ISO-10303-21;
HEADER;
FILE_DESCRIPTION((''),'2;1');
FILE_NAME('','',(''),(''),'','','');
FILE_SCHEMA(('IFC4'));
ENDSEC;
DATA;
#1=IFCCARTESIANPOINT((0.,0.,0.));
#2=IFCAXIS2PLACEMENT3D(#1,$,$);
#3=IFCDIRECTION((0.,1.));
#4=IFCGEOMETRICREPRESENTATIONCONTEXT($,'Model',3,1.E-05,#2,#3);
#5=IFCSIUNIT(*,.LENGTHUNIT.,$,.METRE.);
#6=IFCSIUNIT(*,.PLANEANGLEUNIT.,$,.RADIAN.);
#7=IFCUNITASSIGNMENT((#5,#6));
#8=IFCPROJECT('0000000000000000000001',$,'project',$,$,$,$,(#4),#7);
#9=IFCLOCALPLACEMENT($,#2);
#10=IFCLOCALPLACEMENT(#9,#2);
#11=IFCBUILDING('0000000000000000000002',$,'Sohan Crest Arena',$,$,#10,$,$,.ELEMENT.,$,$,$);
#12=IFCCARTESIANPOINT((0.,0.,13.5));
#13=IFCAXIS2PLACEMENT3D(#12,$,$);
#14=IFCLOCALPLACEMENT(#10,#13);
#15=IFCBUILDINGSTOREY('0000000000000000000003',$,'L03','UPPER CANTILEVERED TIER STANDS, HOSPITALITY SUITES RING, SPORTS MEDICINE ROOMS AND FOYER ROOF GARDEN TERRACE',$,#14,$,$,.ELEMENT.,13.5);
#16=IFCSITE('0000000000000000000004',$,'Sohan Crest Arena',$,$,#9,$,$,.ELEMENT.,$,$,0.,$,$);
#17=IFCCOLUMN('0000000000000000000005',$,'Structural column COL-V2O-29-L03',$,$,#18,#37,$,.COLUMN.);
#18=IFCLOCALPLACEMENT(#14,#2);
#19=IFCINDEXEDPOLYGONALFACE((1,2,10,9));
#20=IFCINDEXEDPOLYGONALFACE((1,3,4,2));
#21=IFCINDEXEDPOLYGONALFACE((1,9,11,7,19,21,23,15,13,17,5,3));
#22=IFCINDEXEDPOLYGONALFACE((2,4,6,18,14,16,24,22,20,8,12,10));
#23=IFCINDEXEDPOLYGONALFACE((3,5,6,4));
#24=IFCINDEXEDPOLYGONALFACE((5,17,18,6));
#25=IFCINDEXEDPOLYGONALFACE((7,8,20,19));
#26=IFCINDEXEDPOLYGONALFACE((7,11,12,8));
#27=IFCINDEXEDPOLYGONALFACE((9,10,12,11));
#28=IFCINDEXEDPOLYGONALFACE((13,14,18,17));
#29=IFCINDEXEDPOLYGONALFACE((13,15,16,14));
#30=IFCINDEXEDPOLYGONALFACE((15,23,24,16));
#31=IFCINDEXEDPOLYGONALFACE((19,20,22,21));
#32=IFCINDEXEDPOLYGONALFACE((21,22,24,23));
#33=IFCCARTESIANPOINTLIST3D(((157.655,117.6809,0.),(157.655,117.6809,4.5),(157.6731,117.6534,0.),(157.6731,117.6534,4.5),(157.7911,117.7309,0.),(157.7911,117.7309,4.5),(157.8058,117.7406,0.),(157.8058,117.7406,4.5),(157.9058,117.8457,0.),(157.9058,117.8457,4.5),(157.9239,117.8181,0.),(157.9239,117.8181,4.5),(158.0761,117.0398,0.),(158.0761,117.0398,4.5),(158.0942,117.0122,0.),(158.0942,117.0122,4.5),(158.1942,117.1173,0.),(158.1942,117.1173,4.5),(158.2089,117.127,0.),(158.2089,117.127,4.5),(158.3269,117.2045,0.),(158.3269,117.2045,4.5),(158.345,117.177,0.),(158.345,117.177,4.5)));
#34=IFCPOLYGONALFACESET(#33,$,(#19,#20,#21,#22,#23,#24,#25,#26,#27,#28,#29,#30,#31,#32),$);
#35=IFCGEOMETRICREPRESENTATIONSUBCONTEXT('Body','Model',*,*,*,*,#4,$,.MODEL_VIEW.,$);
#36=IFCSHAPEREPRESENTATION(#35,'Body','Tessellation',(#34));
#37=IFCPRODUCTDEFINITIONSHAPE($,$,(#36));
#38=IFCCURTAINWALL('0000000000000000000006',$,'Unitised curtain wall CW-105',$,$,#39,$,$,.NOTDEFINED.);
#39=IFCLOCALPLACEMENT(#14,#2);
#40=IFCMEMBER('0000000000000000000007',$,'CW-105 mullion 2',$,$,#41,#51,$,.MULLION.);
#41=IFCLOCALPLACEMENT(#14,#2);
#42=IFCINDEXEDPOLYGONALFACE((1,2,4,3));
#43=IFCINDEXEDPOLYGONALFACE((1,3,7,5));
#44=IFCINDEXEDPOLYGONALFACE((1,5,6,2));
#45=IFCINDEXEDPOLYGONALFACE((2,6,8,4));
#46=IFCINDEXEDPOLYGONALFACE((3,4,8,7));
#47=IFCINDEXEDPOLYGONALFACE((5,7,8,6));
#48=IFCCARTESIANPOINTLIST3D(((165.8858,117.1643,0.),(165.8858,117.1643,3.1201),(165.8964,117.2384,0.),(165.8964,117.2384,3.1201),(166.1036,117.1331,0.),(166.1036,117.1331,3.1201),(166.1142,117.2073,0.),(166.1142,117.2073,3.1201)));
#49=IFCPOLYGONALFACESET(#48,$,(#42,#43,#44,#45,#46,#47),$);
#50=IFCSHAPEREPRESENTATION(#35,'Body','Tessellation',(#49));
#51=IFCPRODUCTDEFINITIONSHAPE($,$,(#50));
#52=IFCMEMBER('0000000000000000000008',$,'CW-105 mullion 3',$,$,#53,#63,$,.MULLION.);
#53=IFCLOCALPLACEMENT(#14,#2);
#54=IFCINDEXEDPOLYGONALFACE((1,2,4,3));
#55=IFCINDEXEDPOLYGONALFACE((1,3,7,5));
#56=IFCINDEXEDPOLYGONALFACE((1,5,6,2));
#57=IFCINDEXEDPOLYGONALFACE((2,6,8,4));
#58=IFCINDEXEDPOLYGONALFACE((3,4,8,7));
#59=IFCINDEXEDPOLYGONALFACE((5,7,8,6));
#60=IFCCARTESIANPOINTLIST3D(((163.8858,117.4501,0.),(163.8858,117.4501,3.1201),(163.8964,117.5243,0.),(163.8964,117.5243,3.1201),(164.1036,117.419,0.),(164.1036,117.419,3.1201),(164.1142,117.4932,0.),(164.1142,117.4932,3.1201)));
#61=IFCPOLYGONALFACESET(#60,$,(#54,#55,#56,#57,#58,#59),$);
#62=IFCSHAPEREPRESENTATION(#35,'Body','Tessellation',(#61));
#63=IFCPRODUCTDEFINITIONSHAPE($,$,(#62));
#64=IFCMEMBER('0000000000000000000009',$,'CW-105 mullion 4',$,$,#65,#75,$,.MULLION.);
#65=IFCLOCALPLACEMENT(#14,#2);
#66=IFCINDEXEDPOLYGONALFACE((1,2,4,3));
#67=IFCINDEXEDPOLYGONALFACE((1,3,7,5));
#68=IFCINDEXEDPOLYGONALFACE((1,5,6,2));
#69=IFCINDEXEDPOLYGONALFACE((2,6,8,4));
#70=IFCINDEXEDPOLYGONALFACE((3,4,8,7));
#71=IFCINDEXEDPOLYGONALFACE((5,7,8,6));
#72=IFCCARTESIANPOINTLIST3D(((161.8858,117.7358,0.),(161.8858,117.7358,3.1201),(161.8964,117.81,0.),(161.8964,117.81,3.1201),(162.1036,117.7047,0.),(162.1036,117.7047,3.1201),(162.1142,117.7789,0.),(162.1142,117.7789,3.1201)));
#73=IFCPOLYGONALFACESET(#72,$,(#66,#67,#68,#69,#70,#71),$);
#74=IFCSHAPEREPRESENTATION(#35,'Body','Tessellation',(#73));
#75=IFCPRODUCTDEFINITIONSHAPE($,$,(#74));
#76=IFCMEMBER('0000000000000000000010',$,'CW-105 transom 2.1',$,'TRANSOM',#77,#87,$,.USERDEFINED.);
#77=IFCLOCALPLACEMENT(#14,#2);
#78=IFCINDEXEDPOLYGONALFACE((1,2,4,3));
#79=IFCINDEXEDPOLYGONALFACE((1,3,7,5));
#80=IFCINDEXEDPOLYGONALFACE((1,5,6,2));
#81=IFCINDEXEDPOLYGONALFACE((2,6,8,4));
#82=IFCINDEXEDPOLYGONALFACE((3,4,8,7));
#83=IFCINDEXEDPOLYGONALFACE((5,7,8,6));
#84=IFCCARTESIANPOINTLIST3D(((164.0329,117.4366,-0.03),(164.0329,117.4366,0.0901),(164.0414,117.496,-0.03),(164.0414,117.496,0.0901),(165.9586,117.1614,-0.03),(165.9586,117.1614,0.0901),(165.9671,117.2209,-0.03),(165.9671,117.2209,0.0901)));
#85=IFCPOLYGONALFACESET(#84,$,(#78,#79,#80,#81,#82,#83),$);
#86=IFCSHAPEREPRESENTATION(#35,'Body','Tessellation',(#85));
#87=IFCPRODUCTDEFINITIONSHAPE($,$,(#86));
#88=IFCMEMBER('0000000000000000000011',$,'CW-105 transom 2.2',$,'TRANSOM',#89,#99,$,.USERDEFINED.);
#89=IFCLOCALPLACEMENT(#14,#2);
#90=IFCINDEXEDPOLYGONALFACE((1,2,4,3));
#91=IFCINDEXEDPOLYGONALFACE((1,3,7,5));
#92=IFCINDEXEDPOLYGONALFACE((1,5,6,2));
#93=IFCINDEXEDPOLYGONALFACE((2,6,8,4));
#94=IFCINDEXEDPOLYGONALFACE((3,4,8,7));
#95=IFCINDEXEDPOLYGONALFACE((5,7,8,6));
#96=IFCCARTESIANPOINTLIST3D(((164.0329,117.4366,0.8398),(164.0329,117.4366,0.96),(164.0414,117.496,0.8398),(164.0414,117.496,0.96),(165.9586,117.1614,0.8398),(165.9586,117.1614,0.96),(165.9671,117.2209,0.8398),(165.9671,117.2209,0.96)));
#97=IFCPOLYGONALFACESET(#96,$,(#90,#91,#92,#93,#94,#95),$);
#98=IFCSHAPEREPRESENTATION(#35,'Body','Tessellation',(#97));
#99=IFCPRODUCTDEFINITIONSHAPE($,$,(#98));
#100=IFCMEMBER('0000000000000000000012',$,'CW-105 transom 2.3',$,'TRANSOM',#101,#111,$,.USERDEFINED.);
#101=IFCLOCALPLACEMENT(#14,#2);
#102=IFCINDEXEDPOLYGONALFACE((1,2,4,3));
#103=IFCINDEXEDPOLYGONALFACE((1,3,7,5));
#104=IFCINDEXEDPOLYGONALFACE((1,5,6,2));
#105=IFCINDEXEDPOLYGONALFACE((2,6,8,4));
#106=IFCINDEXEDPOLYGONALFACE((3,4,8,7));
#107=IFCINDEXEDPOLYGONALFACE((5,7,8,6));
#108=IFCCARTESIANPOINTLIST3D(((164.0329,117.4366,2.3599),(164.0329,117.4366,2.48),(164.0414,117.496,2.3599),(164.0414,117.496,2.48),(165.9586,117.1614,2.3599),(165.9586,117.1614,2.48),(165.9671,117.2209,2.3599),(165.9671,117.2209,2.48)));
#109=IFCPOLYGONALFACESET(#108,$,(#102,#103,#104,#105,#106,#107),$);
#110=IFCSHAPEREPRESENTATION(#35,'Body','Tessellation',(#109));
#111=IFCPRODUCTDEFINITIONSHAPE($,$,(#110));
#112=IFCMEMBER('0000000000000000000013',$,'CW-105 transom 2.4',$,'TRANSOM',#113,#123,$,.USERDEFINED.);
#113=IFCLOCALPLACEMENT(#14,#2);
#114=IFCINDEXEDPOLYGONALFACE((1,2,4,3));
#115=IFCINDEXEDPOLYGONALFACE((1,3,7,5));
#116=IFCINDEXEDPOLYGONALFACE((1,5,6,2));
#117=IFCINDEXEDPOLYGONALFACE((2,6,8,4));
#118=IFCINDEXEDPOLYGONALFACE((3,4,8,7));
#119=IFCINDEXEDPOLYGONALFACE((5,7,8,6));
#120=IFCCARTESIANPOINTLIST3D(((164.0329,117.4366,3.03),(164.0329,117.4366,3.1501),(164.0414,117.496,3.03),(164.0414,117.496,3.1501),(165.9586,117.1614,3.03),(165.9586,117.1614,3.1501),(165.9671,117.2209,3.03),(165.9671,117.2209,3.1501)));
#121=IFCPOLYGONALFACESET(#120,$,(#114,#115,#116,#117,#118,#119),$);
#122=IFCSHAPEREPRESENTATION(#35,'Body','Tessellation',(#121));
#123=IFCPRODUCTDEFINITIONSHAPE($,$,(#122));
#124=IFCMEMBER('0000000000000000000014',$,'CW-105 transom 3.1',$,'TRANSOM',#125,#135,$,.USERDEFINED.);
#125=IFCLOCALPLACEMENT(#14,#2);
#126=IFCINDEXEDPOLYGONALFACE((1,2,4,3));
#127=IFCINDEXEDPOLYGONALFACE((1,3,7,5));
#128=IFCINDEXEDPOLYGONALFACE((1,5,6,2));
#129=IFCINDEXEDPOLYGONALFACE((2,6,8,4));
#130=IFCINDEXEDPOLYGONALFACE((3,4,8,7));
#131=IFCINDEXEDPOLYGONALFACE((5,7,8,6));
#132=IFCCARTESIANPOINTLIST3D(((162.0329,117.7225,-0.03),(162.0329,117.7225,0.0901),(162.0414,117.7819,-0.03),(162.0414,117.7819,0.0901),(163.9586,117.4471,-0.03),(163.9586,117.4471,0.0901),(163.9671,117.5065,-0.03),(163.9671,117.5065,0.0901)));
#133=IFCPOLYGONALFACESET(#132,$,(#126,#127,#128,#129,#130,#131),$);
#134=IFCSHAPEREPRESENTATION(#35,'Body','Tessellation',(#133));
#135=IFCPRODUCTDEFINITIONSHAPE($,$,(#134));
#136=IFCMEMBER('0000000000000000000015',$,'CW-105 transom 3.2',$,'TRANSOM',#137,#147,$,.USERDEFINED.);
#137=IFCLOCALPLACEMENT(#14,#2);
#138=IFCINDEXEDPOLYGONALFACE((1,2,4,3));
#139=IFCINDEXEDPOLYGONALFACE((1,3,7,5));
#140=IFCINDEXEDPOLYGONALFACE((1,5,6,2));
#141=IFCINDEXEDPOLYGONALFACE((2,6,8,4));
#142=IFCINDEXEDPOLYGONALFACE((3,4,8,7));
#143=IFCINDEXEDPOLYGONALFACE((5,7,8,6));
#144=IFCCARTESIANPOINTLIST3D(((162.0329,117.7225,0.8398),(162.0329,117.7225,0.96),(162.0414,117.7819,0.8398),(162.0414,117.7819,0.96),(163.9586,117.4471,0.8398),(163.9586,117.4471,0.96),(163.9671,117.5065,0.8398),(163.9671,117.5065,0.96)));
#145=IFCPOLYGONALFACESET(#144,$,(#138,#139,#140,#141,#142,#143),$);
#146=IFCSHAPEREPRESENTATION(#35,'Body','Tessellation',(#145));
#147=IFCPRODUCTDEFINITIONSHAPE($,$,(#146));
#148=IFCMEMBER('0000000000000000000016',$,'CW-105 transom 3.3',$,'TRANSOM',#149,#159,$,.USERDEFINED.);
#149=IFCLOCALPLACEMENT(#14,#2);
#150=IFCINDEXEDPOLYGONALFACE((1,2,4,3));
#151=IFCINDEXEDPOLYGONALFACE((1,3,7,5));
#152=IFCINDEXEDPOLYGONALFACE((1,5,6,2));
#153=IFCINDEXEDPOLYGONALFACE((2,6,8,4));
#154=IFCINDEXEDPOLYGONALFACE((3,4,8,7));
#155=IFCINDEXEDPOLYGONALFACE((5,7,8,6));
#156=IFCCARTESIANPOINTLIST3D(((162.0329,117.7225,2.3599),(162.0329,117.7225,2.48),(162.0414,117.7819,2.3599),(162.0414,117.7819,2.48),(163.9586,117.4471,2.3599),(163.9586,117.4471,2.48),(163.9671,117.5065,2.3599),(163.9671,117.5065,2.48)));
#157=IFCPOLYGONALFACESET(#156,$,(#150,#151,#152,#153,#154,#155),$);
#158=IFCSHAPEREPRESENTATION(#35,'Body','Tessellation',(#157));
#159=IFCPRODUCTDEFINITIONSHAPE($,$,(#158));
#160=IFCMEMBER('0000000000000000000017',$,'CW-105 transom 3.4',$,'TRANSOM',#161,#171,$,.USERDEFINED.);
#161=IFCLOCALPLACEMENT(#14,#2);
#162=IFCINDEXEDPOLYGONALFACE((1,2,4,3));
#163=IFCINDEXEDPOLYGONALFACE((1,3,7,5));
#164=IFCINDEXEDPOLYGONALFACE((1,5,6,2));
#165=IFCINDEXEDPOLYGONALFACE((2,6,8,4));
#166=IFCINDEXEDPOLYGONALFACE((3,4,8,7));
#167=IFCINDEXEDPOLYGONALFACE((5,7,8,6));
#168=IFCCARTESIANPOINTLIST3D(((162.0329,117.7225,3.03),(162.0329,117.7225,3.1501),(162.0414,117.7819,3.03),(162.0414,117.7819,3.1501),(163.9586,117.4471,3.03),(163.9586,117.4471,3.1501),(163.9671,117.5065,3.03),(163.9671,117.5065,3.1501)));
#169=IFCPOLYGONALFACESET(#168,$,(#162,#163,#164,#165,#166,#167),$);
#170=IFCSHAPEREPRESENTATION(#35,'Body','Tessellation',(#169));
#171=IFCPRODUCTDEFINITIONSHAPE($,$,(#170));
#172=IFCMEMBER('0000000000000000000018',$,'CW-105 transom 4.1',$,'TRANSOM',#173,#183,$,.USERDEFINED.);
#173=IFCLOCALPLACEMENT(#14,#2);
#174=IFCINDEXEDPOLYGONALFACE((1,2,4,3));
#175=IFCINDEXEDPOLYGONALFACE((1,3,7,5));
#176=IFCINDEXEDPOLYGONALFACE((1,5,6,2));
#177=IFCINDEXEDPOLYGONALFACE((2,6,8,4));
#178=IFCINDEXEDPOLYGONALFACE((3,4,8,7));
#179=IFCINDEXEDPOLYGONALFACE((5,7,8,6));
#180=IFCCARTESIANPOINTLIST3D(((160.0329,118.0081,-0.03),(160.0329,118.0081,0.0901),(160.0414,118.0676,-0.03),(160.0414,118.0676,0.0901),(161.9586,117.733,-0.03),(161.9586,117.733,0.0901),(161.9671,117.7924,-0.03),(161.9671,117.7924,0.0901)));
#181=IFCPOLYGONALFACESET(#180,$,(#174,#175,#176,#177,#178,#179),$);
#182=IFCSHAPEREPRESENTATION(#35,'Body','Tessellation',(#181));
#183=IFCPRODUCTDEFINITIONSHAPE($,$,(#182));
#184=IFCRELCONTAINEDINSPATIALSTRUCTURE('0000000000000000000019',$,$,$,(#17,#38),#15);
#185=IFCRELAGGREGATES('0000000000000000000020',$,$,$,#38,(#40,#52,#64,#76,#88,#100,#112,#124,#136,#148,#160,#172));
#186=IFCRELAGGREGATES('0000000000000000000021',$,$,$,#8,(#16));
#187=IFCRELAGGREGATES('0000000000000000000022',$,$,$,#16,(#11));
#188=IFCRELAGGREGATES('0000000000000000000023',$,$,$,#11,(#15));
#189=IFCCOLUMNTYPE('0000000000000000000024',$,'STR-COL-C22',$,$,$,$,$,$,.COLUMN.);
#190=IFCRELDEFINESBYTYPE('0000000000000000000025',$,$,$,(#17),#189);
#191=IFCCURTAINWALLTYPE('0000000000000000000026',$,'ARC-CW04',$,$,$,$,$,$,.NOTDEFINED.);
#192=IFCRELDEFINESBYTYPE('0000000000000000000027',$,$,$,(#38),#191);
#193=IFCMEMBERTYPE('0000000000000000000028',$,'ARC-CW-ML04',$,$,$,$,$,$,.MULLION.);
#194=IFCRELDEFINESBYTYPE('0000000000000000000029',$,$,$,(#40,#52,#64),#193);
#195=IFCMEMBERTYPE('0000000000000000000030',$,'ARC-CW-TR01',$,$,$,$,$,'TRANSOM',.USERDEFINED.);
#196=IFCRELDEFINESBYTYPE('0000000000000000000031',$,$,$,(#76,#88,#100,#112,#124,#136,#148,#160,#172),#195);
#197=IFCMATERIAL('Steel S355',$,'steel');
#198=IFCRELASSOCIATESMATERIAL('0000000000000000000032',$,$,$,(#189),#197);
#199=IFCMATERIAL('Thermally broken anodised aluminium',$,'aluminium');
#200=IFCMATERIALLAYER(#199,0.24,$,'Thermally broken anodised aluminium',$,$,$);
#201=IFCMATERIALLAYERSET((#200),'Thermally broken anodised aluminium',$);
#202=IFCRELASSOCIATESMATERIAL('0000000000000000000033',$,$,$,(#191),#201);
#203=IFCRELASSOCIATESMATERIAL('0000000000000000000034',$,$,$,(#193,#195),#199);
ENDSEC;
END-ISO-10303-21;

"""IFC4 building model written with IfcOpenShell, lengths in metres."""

from ifc_helpers import new_model, si_unit, direction, frame, origin, origin_2d, place, context, subcontext, project, spatial, rectangle, i_section, extrude, material, layer, layer_set, material_profile, profile_set, type_object, element, aggregate, save


model = new_model("IFC4")

# Units and contexts
model_context = context("Model", 3, precision=1e-05, world=origin(), true_north=direction((0.0, 1.0)))
body_context = subcontext(model_context, "Body", "Model", "MODEL_VIEW")
ifc_project = project(units=[si_unit("LENGTHUNIT", "METRE"), si_unit("PLANEANGLEUNIT", "RADIAN")], contexts=[model_context])

# Site, building, storey
site_placement = place(None, origin())
site = spatial("IfcSite", under=ifc_project, at=site_placement, Name="Sohan Crest Arena", CompositionType="ELEMENT", RefElevation=0.0)
building_placement = place(site_placement, origin())
building = spatial("IfcBuilding", under=site, at=building_placement, Name="Sohan Crest Arena", CompositionType="ELEMENT")
storey_placement = place(building_placement, frame((0.0, 0.0, 13.5)))
storey = spatial("IfcBuildingStorey", under=building, at=storey_placement, Name="L03", Description="UPPER CANTILEVERED TIER STANDS, HOSPITALITY SUITES RING, SPORTS MEDICINE ROOMS AND FOYER ROOF GARDEN TERRACE", CompositionType="ELEMENT", Elevation=13.5)

# Column
ifc_material_1 = material(Name="Steel S355", Category="steel")
ifc_material_profile_1 = material_profile(ifc_material_1, i_section(OverallWidth=0.3, OverallDepth=0.8, WebThickness=0.0176, FlangeThickness=0.033, at=origin_2d()), Name="HEB 800")
ifc_profile_set_1 = profile_set([ifc_material_profile_1], Name="Steel S355")
column_type = type_object("IfcColumnType", Name="STR-COL-C22", PredefinedType="COLUMN", material=ifc_profile_set_1)
column_placement = place(storey_placement, frame((158.0, 117.429, 0.0), z_axis=(0.0, 0.0, 1.0), x_axis=(0.835807, 0.549023, 0.0)))
element("IfcColumn", 1, at=column_placement, inside=storey, type_object=column_type, Name="Structural column COL-V2O-29-L03", PredefinedType="COLUMN", context=body_context, shape_type="SweptSolid", body=[
    extrude(i_section(OverallWidth=0.3, OverallDepth=0.8, WebThickness=0.0176, FlangeThickness=0.033, at=origin_2d()), origin(), (0.0, 0.0, 1.0), 4.5),
])

# Curtain wall, members
ifc_material_2 = material(Name="Thermally broken anodised aluminium", Category="aluminium")
ifc_layer_1 = layer(ifc_material_2, 0.24, Name="Thermally broken anodised aluminium")
ifc_layer_set_1 = layer_set([ifc_layer_1], Name="Thermally broken anodised aluminium")
curtain_wall_type = type_object("IfcCurtainWallType", Name="ARC-CW04", PredefinedType="NOTDEFINED", material=ifc_layer_set_1)
curtain_wall_placement = place(storey_placement, origin())
curtain_wall = element("IfcCurtainWall", 2, at=curtain_wall_placement, inside=storey, type_object=curtain_wall_type, Name="Unitised curtain wall CW-105", PredefinedType="NOTDEFINED")
ifc_material_profile_2 = material_profile(ifc_material_2, rectangle(XDim=0.075, YDim=0.22, at=origin_2d()), Name="ALU-MULL 75x220")
ifc_profile_set_2 = profile_set([ifc_material_profile_2], Name="Thermally broken anodised aluminium")
member_type_1 = type_object("IfcMemberType", Name="ARC-CW-ML04", PredefinedType="MULLION", material=ifc_profile_set_2)
member_1_placement = place(storey_placement, frame((166.0, 117.1858, 0.0), z_axis=(0.0, 0.0, 1.0), x_axis=(-0.141463, -0.989944, 0.0)))
member_1 = element("IfcMember", 3, at=member_1_placement, type_object=member_type_1, Name="CW-105 mullion 2", PredefinedType="MULLION", context=body_context, shape_type="SweptSolid", body=[
    extrude(rectangle(XDim=0.075, YDim=0.22, at=origin_2d()), origin(), (0.0, 0.0, 1.0), 3.1201),
])
member_2_placement = place(storey_placement, frame((164.0, 117.4717, 0.0), z_axis=(0.0, 0.0, 1.0), x_axis=(-0.141463, -0.989944, 0.0)))
member_2 = element("IfcMember", 4, at=member_2_placement, type_object=member_type_1, Name="CW-105 mullion 3", PredefinedType="MULLION", context=body_context, shape_type="SweptSolid", body=[
    extrude(rectangle(XDim=0.075, YDim=0.22, at=origin_2d()), origin(), (0.0, 0.0, 1.0), 3.1201),
])
member_3_placement = place(storey_placement, frame((162.0, 117.7573, 0.0), z_axis=(0.0, 0.0, 1.0), x_axis=(-0.141463, -0.989944, 0.0)))
member_3 = element("IfcMember", 5, at=member_3_placement, type_object=member_type_1, Name="CW-105 mullion 4", PredefinedType="MULLION", context=body_context, shape_type="SweptSolid", body=[
    extrude(rectangle(XDim=0.075, YDim=0.22, at=origin_2d()), origin(), (0.0, 0.0, 1.0), 3.1201),
])
ifc_material_profile_3 = material_profile(ifc_material_2, rectangle(XDim=0.0601, YDim=0.1201, at=origin_2d()), Name="ALU-TRAN 60x120")
ifc_profile_set_3 = profile_set([ifc_material_profile_3], Name="Thermally broken anodised aluminium")
member_type_2 = type_object("IfcMemberType", Name="ARC-CW-TR01", ElementType="TRANSOM", PredefinedType="USERDEFINED", material=ifc_profile_set_3)
member_4_placement = place(storey_placement, frame((165.9629, 117.1912, 0.03), z_axis=(-0.989947, 0.141439, 0.0), x_axis=(-0.141439, -0.989947, 0.0)))
member_4 = element("IfcMember", 6, at=member_4_placement, type_object=member_type_2, Name="CW-105 transom 2.1", ObjectType="TRANSOM", PredefinedType="USERDEFINED", context=body_context, shape_type="SweptSolid", body=[
    extrude(rectangle(XDim=0.0601, YDim=0.1201, at=origin_2d()), origin(), (0.0, 0.0, 1.0), 1.9453),
])
member_5_placement = place(storey_placement, frame((165.9629, 117.1912, 0.8999), z_axis=(-0.989947, 0.141439, 0.0), x_axis=(-0.141439, -0.989947, 0.0)))
member_5 = element("IfcMember", 7, at=member_5_placement, type_object=member_type_2, Name="CW-105 transom 2.2", ObjectType="TRANSOM", PredefinedType="USERDEFINED", context=body_context, shape_type="SweptSolid", body=[
    extrude(rectangle(XDim=0.0601, YDim=0.1201, at=origin_2d()), origin(), (0.0, 0.0, 1.0), 1.9453),
])
member_6_placement = place(storey_placement, frame((165.9629, 117.1912, 2.4199), z_axis=(-0.989947, 0.141439, 0.0), x_axis=(-0.141439, -0.989947, 0.0)))
member_6 = element("IfcMember", 8, at=member_6_placement, type_object=member_type_2, Name="CW-105 transom 2.3", ObjectType="TRANSOM", PredefinedType="USERDEFINED", context=body_context, shape_type="SweptSolid", body=[
    extrude(rectangle(XDim=0.0601, YDim=0.1201, at=origin_2d()), origin(), (0.0, 0.0, 1.0), 1.9453),
])
member_7_placement = place(storey_placement, frame((165.9629, 117.1912, 3.0901), z_axis=(-0.989947, 0.141439, 0.0), x_axis=(-0.141439, -0.989947, 0.0)))
member_7 = element("IfcMember", 9, at=member_7_placement, type_object=member_type_2, Name="CW-105 transom 2.4", ObjectType="TRANSOM", PredefinedType="USERDEFINED", context=body_context, shape_type="SweptSolid", body=[
    extrude(rectangle(XDim=0.0601, YDim=0.1201, at=origin_2d()), origin(), (0.0, 0.0, 1.0), 1.9453),
])
member_8_placement = place(storey_placement, frame((163.9629, 117.4768, 0.03), z_axis=(-0.989929, 0.141562, 0.0), x_axis=(-0.141562, -0.989929, 0.0)))
member_8 = element("IfcMember", 10, at=member_8_placement, type_object=member_type_2, Name="CW-105 transom 3.1", ObjectType="TRANSOM", PredefinedType="USERDEFINED", context=body_context, shape_type="SweptSolid", body=[
    extrude(rectangle(XDim=0.0601, YDim=0.1201, at=origin_2d()), origin(), (0.0, 0.0, 1.0), 1.9453),
])
member_9_placement = place(storey_placement, frame((163.9629, 117.4768, 0.8999), z_axis=(-0.989929, 0.141562, 0.0), x_axis=(-0.141562, -0.989929, 0.0)))
member_9 = element("IfcMember", 11, at=member_9_placement, type_object=member_type_2, Name="CW-105 transom 3.2", ObjectType="TRANSOM", PredefinedType="USERDEFINED", context=body_context, shape_type="SweptSolid", body=[
    extrude(rectangle(XDim=0.0601, YDim=0.1201, at=origin_2d()), origin(), (0.0, 0.0, 1.0), 1.9453),
])
member_10_placement = place(storey_placement, frame((163.9629, 117.4768, 2.4199), z_axis=(-0.989929, 0.141562, 0.0), x_axis=(-0.141562, -0.989929, 0.0)))
member_10 = element("IfcMember", 12, at=member_10_placement, type_object=member_type_2, Name="CW-105 transom 3.3", ObjectType="TRANSOM", PredefinedType="USERDEFINED", context=body_context, shape_type="SweptSolid", body=[
    extrude(rectangle(XDim=0.0601, YDim=0.1201, at=origin_2d()), origin(), (0.0, 0.0, 1.0), 1.9453),
])
member_11_placement = place(storey_placement, frame((163.9629, 117.4768, 3.0901), z_axis=(-0.989929, 0.141562, 0.0), x_axis=(-0.141562, -0.989929, 0.0)))
member_11 = element("IfcMember", 13, at=member_11_placement, type_object=member_type_2, Name="CW-105 transom 3.4", ObjectType="TRANSOM", PredefinedType="USERDEFINED", context=body_context, shape_type="SweptSolid", body=[
    extrude(rectangle(XDim=0.0601, YDim=0.1201, at=origin_2d()), origin(), (0.0, 0.0, 1.0), 1.9453),
])
member_12_placement = place(storey_placement, frame((161.9629, 117.7627, 0.03), z_axis=(-0.989947, 0.141439, 0.0), x_axis=(-0.141439, -0.989947, 0.0)))
member_12 = element("IfcMember", 14, at=member_12_placement, type_object=member_type_2, Name="CW-105 transom 4.1", ObjectType="TRANSOM", PredefinedType="USERDEFINED", context=body_context, shape_type="SweptSolid", body=[
    extrude(rectangle(XDim=0.0601, YDim=0.1201, at=origin_2d()), origin(), (0.0, 0.0, 1.0), 1.9453),
])

aggregate(curtain_wall, [member_1, member_2, member_3, member_4, member_5, member_6, member_7, member_8, member_9, member_10, member_11, member_12])

save(model, "model.ifc")
